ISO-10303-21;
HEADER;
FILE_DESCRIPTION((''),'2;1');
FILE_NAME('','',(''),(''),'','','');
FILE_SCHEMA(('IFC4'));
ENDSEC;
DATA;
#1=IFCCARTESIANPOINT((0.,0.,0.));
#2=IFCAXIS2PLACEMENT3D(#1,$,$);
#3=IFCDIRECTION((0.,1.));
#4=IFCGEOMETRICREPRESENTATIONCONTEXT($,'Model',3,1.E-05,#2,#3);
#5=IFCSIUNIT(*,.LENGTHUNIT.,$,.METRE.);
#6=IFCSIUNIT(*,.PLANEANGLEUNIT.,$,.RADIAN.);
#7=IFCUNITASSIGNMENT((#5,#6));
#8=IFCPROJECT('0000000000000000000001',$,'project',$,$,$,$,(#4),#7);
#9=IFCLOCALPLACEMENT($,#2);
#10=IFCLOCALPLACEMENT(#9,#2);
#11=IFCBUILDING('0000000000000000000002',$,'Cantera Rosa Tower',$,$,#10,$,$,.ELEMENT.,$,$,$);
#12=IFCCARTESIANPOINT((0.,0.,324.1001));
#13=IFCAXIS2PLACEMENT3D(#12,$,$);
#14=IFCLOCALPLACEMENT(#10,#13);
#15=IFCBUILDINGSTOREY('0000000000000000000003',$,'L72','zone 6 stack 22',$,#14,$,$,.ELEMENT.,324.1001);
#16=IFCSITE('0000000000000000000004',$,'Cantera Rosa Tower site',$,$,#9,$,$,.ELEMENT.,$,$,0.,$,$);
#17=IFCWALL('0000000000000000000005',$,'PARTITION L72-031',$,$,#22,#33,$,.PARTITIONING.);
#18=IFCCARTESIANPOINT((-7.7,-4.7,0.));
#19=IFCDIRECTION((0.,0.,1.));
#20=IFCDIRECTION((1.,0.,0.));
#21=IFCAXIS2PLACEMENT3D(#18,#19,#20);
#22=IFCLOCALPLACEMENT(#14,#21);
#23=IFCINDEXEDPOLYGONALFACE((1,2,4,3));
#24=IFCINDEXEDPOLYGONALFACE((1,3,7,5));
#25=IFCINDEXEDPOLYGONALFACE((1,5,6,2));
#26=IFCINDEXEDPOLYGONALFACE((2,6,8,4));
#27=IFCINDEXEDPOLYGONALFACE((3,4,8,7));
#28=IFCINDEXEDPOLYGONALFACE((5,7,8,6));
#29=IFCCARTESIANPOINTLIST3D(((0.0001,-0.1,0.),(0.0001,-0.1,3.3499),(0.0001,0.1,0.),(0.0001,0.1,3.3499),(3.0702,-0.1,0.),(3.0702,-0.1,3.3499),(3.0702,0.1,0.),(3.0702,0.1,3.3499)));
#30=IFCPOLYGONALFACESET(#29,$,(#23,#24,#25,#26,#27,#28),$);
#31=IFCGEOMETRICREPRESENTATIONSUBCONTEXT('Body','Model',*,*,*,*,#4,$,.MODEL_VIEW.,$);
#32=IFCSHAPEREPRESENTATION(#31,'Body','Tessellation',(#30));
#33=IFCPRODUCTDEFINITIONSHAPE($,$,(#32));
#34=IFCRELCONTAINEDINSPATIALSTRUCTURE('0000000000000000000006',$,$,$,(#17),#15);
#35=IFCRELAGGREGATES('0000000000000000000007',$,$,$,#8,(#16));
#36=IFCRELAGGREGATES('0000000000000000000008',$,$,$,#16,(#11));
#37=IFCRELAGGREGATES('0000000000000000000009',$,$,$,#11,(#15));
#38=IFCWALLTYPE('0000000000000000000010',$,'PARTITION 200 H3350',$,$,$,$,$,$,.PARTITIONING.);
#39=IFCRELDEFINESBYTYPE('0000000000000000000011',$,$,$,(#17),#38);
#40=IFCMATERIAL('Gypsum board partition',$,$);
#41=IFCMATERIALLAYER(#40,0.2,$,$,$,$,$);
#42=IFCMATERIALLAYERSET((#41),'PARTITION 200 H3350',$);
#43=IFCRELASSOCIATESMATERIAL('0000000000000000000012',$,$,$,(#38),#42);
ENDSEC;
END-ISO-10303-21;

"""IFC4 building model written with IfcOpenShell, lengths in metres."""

from ifc_helpers import new_model, si_unit, direction, frame, frame_2d, origin, place, context, subcontext, project, spatial, rectangle, extrude, material, layer, layer_set, type_object, element, save


model = new_model("IFC4")

# Units and contexts
model_context = context("Model", 3, precision=1e-05, world=origin(), true_north=direction((0.0, 1.0)))
body_context = subcontext(model_context, "Body", "Model", "MODEL_VIEW")
ifc_project = project(units=[si_unit("LENGTHUNIT", "METRE"), si_unit("PLANEANGLEUNIT", "RADIAN")], contexts=[model_context])

# Site, building, storey
site_placement = place(None, origin())
site = spatial("IfcSite", under=ifc_project, at=site_placement, Name="Cantera Rosa Tower site", CompositionType="ELEMENT", RefElevation=0.0)
building_placement = place(site_placement, origin())
building = spatial("IfcBuilding", under=site, at=building_placement, Name="Cantera Rosa Tower", CompositionType="ELEMENT")
storey_placement = place(building_placement, frame((0.0, 0.0, 324.1001)))
storey = spatial("IfcBuildingStorey", under=building, at=storey_placement, Name="L72", Description="zone 6 stack 22", CompositionType="ELEMENT", Elevation=324.1001)

# Wall
ifc_material_1 = material(Name="Gypsum board partition")
ifc_layer_1 = layer(ifc_material_1, 0.2)
ifc_layer_set_1 = layer_set([ifc_layer_1], Name="PARTITION 200 H3350")
wall_type_1 = type_object("IfcWallType", Name="PARTITION 200 H3350", PredefinedType="PARTITIONING", material=ifc_layer_set_1)
wall_1_placement = place(storey_placement, frame((-7.7, -4.7, 0.0), z_axis=(0.0, 0.0, 1.0), x_axis=(1.0, 0.0, 0.0)))
element("IfcWall", 1, at=wall_1_placement, inside=storey, type_object=wall_type_1, Name="PARTITION L72-031", PredefinedType="PARTITIONING", context=body_context, shape_type="SweptSolid", body=[
    extrude(rectangle(XDim=3.0701, YDim=0.2, at=frame_2d((1.5352, 0.0))), origin(), (0.0, 0.0, 1.0), 3.3499),
])

save(model, "model.ifc")
